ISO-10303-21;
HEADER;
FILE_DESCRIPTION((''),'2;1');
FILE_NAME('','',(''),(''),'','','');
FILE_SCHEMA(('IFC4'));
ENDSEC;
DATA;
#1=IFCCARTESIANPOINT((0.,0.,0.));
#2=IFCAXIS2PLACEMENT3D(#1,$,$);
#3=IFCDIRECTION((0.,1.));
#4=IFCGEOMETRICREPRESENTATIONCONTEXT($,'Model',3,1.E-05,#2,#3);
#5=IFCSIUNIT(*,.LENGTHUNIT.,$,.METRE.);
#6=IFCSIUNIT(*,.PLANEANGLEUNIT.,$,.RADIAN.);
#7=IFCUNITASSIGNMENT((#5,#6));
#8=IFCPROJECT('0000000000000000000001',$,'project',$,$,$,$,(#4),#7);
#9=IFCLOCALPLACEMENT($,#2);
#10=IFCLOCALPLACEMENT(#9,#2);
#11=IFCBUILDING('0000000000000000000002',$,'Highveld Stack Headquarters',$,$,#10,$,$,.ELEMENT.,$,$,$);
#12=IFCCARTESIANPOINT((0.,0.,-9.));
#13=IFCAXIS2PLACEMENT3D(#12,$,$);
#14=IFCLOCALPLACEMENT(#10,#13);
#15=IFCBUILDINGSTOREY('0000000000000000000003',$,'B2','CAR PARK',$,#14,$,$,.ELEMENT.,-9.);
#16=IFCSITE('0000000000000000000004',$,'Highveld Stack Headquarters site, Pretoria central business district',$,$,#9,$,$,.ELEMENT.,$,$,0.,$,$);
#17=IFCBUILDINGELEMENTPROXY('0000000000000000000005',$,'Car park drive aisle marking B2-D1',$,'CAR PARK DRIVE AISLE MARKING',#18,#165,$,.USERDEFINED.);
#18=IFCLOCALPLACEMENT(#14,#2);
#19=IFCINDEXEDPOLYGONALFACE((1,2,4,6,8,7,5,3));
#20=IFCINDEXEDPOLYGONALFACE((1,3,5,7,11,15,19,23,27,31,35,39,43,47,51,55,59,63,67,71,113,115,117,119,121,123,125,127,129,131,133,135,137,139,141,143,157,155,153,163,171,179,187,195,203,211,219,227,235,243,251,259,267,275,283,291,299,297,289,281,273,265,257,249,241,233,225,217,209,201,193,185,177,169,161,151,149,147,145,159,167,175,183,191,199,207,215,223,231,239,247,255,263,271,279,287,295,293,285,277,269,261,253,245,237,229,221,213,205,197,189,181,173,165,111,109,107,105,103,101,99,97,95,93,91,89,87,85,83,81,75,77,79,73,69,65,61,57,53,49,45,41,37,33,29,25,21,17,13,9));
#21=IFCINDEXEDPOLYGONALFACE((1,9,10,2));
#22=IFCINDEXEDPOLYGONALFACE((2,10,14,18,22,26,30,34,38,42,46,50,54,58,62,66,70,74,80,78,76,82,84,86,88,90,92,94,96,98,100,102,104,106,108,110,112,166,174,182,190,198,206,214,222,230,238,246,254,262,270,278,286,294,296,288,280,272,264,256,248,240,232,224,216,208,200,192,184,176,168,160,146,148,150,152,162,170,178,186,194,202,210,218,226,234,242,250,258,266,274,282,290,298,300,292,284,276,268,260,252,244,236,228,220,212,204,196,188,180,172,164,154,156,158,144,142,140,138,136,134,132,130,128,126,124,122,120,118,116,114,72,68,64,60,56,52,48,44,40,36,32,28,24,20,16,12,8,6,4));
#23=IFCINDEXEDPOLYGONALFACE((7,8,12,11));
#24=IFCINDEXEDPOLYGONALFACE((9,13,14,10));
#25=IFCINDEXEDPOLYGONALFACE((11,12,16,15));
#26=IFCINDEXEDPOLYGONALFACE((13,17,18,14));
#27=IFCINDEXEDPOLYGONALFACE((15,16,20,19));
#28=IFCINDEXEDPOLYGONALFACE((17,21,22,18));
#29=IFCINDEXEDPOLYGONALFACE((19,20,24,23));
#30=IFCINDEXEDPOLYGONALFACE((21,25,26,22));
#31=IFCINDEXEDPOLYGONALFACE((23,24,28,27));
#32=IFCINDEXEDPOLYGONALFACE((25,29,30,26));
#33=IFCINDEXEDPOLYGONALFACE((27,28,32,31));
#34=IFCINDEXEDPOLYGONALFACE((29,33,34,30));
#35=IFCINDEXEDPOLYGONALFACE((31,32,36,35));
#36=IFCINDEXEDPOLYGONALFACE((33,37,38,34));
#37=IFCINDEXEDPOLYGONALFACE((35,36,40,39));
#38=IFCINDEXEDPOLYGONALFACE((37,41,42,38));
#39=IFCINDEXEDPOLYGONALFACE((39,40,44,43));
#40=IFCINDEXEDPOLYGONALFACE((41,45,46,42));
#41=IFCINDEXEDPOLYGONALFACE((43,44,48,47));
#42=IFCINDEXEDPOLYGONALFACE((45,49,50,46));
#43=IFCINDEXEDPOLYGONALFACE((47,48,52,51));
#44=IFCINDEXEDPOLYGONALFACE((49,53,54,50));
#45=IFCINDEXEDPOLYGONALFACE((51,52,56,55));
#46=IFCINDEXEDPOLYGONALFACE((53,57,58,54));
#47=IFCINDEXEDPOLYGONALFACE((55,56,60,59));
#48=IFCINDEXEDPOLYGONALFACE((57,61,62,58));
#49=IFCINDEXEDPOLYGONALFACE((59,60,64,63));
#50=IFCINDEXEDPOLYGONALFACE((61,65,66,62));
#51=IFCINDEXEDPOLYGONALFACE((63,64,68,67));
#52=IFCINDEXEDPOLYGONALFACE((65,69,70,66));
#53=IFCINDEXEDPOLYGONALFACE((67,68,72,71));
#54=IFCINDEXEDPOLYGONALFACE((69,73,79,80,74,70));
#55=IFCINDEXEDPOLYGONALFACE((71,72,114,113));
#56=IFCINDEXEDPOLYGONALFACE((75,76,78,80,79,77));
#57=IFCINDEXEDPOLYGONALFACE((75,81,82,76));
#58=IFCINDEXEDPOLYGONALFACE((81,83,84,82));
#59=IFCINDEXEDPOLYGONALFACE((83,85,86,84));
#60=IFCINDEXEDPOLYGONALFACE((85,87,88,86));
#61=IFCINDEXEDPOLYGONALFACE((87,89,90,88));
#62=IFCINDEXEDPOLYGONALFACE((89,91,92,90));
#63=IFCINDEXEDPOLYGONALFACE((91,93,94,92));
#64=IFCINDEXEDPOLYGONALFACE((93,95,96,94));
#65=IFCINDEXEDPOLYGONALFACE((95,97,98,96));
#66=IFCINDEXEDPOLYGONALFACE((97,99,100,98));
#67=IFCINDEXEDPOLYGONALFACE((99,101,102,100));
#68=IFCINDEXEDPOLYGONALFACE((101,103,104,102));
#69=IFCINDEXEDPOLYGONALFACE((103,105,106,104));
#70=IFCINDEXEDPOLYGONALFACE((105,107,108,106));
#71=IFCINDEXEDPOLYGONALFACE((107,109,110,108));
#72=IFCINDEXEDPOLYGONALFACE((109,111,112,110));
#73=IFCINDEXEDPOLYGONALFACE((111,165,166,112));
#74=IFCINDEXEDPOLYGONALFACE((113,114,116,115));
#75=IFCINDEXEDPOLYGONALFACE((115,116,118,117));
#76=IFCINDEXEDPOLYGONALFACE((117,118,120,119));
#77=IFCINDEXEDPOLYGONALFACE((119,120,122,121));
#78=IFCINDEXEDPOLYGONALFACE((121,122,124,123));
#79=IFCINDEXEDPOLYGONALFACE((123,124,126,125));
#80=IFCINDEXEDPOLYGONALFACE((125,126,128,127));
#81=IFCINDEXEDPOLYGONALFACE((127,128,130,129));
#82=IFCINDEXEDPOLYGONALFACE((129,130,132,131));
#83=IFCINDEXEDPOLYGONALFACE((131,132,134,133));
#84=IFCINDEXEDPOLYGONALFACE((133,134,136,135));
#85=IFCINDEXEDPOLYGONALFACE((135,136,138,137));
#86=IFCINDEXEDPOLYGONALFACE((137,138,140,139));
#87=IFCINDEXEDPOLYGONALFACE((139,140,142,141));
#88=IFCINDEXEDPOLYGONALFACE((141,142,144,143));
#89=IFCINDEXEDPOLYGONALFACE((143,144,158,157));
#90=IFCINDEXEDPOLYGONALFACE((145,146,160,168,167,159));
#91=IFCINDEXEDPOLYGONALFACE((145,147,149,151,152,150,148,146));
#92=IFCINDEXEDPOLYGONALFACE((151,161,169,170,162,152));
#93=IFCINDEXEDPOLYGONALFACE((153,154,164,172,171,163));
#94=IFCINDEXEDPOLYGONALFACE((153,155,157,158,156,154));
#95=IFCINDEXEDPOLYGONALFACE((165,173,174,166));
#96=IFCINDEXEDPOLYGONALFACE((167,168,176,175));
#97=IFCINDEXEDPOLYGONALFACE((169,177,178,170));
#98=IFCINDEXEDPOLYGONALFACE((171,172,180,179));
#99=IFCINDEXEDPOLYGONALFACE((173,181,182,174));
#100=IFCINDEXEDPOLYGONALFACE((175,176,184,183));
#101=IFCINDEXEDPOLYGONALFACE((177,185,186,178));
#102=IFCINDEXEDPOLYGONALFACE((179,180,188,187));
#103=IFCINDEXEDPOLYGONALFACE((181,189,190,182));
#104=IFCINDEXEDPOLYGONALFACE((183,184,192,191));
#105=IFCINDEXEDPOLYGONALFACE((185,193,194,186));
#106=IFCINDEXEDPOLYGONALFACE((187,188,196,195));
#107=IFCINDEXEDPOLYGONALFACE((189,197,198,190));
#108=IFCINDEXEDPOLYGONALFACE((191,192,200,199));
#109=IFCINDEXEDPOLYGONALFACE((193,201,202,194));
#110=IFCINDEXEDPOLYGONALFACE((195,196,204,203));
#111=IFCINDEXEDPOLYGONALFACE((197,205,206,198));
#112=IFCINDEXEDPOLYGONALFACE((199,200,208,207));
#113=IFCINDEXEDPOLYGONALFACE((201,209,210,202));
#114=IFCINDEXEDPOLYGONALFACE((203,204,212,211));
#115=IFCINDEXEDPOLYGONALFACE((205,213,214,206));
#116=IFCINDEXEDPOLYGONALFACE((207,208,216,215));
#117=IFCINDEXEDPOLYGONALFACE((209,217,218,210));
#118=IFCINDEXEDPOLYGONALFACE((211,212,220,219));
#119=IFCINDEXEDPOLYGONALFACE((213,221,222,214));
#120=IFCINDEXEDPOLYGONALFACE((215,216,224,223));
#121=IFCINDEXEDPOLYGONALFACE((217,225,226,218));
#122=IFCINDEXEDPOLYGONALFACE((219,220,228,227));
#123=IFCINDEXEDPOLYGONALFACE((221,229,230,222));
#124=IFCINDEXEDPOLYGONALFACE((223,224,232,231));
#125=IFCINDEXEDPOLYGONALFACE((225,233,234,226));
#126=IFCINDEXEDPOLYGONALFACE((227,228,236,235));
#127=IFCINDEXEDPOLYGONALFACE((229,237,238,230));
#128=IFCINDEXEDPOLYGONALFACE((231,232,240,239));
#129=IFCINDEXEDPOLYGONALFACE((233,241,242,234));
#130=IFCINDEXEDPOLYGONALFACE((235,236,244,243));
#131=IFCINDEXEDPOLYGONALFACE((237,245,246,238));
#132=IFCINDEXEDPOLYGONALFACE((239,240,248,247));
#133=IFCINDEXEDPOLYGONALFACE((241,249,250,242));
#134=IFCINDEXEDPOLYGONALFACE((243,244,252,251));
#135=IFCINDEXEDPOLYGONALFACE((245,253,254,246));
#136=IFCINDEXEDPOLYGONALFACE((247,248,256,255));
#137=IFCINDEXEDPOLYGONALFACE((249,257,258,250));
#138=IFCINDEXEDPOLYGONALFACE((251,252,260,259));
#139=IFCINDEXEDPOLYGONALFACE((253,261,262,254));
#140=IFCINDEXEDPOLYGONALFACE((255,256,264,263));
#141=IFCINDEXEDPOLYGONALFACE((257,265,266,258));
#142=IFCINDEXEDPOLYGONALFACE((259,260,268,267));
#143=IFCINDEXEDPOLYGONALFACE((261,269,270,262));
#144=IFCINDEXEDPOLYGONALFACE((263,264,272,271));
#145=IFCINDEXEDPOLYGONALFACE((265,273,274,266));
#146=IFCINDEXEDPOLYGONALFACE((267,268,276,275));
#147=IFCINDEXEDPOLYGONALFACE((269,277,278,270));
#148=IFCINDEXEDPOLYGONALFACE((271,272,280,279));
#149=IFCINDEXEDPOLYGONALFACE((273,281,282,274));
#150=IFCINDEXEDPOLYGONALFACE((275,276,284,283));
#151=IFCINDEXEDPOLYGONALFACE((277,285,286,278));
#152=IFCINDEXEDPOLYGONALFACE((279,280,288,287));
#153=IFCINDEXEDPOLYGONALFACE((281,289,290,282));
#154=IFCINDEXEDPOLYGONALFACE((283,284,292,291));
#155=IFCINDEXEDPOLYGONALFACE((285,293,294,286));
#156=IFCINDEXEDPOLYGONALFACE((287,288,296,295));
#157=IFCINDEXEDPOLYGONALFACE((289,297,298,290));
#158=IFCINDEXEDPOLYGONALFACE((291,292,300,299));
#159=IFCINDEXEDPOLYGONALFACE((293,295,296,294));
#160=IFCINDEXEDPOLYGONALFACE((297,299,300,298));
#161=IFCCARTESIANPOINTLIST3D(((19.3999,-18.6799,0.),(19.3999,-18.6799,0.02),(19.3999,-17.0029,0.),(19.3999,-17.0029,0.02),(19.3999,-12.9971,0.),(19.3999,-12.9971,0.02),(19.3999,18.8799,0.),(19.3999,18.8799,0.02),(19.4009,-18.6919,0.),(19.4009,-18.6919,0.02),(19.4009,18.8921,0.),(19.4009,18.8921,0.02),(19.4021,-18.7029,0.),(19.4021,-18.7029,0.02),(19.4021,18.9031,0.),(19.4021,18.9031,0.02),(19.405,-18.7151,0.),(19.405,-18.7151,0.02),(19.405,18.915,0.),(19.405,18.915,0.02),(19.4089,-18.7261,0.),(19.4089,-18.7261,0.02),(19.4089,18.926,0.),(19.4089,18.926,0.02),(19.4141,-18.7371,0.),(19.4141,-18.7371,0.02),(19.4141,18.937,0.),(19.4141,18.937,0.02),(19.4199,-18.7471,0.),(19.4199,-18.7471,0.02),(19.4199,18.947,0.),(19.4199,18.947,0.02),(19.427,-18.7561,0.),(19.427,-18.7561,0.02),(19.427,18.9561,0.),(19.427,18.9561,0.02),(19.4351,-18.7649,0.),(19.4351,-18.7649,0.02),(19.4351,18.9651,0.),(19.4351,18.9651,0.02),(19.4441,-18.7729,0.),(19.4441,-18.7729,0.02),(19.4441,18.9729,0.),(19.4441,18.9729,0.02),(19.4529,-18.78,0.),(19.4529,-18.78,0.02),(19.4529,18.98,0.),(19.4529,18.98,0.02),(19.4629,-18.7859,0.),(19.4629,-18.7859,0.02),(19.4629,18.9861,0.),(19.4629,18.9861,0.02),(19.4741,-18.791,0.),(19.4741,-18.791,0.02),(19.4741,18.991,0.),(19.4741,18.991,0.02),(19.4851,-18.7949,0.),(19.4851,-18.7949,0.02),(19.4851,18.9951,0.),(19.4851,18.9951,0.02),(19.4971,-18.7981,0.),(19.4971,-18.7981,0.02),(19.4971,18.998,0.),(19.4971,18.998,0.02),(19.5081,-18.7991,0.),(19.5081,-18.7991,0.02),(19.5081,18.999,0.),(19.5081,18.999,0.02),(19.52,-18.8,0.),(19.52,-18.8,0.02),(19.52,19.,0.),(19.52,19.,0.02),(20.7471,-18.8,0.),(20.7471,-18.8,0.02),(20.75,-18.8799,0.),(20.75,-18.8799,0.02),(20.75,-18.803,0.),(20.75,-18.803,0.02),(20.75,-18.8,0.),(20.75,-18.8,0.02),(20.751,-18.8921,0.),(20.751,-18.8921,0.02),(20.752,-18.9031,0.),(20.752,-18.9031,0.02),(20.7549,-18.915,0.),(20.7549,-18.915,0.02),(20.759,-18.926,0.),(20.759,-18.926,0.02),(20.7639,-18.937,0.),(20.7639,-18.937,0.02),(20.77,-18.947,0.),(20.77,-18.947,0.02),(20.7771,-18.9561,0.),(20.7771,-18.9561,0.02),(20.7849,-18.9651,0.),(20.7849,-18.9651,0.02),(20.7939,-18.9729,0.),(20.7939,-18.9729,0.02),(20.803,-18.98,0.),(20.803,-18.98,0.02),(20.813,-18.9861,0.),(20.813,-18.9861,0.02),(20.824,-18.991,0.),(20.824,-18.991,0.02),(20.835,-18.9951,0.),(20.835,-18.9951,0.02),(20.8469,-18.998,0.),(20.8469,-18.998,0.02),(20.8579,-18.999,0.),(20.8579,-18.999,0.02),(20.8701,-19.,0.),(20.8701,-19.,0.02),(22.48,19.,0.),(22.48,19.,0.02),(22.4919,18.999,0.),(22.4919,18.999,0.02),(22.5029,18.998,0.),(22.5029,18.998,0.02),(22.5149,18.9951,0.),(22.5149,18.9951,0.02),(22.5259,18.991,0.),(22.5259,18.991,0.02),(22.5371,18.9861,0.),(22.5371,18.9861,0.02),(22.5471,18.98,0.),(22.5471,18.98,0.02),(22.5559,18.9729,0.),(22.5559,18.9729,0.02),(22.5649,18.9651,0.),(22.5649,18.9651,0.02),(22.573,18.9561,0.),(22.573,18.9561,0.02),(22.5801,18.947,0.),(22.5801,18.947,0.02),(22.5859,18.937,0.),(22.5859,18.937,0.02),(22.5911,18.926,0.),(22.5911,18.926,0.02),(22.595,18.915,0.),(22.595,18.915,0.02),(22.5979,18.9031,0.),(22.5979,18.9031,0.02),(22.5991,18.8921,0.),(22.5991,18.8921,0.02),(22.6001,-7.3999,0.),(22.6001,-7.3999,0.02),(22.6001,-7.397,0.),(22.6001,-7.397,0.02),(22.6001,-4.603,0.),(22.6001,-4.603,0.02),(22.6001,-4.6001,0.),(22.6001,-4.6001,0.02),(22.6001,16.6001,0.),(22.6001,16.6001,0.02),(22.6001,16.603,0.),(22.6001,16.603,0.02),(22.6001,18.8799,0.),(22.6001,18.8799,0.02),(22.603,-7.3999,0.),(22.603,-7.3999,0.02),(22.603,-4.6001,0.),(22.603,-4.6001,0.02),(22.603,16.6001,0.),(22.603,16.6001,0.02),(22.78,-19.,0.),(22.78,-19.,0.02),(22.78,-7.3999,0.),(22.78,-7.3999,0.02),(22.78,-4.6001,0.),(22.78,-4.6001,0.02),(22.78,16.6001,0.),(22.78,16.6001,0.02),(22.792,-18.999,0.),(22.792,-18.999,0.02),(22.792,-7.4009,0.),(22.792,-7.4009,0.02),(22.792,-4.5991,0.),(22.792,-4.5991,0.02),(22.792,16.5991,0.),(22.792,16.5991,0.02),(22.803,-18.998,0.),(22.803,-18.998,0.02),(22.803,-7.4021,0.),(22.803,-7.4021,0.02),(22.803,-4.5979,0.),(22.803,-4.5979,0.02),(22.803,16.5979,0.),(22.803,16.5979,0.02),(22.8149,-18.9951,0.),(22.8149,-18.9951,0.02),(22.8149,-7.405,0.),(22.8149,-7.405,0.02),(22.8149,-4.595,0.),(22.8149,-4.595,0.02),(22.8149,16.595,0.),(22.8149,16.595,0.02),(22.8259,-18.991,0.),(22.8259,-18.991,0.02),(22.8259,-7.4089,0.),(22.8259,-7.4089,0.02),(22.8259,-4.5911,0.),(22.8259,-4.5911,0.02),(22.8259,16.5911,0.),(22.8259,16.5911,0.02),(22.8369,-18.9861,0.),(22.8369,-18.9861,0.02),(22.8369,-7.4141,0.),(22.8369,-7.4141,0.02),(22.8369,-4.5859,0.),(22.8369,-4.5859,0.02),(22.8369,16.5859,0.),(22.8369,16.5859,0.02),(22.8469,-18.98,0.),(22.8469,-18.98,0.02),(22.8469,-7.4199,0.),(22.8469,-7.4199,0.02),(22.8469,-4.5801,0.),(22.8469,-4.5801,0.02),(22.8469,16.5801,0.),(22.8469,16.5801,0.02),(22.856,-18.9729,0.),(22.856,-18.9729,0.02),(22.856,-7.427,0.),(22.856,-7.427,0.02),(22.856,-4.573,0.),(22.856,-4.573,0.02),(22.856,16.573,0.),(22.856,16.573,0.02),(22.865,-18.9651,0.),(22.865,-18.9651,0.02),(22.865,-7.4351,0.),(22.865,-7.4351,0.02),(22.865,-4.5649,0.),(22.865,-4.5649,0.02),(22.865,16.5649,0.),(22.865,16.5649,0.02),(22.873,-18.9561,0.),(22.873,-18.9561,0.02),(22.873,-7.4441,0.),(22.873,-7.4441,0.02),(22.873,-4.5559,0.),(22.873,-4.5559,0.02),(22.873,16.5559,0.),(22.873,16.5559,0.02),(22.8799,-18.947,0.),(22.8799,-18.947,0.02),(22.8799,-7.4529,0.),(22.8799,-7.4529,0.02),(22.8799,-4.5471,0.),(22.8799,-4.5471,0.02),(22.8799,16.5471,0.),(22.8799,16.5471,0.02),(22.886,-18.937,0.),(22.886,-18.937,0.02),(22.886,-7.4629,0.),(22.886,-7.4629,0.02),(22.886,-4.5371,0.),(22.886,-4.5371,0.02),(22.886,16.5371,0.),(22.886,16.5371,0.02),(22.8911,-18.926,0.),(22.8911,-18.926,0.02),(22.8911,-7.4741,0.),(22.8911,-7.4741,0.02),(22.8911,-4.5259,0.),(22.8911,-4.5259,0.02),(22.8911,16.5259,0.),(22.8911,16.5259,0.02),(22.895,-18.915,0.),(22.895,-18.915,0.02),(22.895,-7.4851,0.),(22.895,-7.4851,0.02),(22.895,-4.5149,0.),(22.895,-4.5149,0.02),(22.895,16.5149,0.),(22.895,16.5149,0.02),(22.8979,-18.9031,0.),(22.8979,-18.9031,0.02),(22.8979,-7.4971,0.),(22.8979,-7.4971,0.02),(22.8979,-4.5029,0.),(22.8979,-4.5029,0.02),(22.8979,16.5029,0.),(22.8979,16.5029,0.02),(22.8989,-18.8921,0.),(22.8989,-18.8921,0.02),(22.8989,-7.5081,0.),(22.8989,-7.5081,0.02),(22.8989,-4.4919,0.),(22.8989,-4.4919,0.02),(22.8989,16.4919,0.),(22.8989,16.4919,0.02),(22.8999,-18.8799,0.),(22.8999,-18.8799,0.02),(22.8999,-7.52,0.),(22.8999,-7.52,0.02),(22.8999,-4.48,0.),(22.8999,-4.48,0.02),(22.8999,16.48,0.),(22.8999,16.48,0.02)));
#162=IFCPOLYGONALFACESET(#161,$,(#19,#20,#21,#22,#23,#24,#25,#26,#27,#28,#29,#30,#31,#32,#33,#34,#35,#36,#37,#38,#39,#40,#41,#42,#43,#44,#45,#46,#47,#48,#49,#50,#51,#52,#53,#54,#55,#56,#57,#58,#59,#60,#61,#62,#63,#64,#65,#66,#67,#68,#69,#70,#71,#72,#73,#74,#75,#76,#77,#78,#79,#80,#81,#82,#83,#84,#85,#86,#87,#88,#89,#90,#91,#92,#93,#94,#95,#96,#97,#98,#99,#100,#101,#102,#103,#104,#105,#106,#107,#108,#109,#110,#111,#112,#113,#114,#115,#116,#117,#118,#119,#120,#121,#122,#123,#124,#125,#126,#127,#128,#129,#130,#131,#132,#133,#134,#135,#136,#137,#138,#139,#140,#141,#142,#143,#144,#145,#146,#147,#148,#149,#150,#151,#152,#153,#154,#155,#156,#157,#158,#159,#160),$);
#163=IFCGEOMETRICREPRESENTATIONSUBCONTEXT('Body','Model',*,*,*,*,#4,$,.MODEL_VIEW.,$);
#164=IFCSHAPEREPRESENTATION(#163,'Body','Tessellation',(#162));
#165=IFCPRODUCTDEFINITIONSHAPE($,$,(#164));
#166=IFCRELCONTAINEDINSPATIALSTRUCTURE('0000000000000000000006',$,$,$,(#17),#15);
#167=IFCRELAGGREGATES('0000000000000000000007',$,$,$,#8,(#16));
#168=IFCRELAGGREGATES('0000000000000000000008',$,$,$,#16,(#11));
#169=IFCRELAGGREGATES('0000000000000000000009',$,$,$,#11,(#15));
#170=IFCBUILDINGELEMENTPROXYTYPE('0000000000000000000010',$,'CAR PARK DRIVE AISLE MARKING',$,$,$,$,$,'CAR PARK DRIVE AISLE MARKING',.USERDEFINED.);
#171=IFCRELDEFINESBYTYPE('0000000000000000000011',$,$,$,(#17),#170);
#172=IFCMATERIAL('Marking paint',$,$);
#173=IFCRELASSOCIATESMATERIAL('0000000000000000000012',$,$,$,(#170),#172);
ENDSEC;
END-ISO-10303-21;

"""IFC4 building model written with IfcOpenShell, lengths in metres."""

from ifc_helpers import new_model, si_unit, direction, frame, origin, place, context, subcontext, project, spatial, polyline, outline, extrude, material, type_object, element, save


model = new_model("IFC4")

# Units and contexts
model_context = context("Model", 3, precision=1e-05, world=origin(), true_north=direction((0.0, 1.0)))
body_context = subcontext(model_context, "Body", "Model", "MODEL_VIEW")
ifc_project = project(units=[si_unit("LENGTHUNIT", "METRE"), si_unit("PLANEANGLEUNIT", "RADIAN")], contexts=[model_context])

# Site, building, storey
site_placement = place(None, origin())
site = spatial("IfcSite", under=ifc_project, at=site_placement, Name="Highveld Stack Headquarters site, Pretoria central business district", CompositionType="ELEMENT", RefElevation=0.0)
building_placement = place(site_placement, origin())
building = spatial("IfcBuilding", under=site, at=building_placement, Name="Highveld Stack Headquarters", CompositionType="ELEMENT")
storey_placement = place(building_placement, frame((0.0, 0.0, -9.0)))
storey = spatial("IfcBuildingStorey", under=building, at=storey_placement, Name="B2", Description="CAR PARK", CompositionType="ELEMENT", Elevation=-9.0)

# Building element proxy
ifc_material_1 = material(Name="Marking paint")
building_element_proxy_type_1 = type_object("IfcBuildingElementProxyType", Name="CAR PARK DRIVE AISLE MARKING", ElementType="CAR PARK DRIVE AISLE MARKING", PredefinedType="USERDEFINED", material=ifc_material_1)
proxy_1_placement = place(storey_placement, origin())
element("IfcBuildingElementProxy", 1, at=proxy_1_placement, inside=storey, type_object=building_element_proxy_type_1, Name="Car park drive aisle marking B2-D1", ObjectType="CAR PARK DRIVE AISLE MARKING", PredefinedType="USERDEFINED", context=body_context, shape_type="SweptSolid", body=[
    extrude(outline(polyline([(19.3999, 18.8799), (19.4009, 18.8921), (19.4021, 18.9031), (19.405, 18.915), (19.4089, 18.926), (19.4141, 18.937), (19.4199, 18.947), (19.427, 18.9561), (19.4351, 18.9651), (19.4441, 18.9729), (19.4529, 18.98), (19.4629, 18.9861), (19.4741, 18.991), (19.4851, 18.9951), (19.4971, 18.998), (19.5081, 18.999), (19.52, 19.0), (22.48, 19.0), (22.4919, 18.999), (22.5029, 18.998), (22.5149, 18.9951), (22.5259, 18.991), (22.5371, 18.9861), (22.5471, 18.98), (22.5559, 18.9729), (22.5649, 18.9651), (22.573, 18.9561), (22.5801, 18.947), (22.5859, 18.937), (22.5911, 18.926), (22.595, 18.915), (22.5979, 18.9031), (22.5991, 18.8921), (22.6001, 18.8799), (22.6001, 16.603), (22.6001, 16.6001), (22.603, 16.6001), (22.78, 16.6001), (22.792, 16.5991), (22.803, 16.5979), (22.8149, 16.595), (22.8259, 16.5911), (22.8369, 16.5859), (22.8469, 16.5801), (22.856, 16.573), (22.865, 16.5649), (22.873, 16.5559), (22.8799, 16.5471), (22.886, 16.5371), (22.8911, 16.5259), (22.895, 16.5149), (22.8979, 16.5029), (22.8989, 16.4919), (22.8999, 16.48), (22.8999, -4.48), (22.8989, -4.4919), (22.8979, -4.5029), (22.895, -4.5149), (22.8911, -4.5259), (22.886, -4.5371), (22.8799, -4.5471), (22.873, -4.5559), (22.865, -4.5649), (22.856, -4.573), (22.8469, -4.5801), (22.8369, -4.5859), (22.8259, -4.5911), (22.8149, -4.595), (22.803, -4.5979), (22.792, -4.5991), (22.78, -4.6001), (22.603, -4.6001), (22.6001, -4.6001), (22.6001, -4.603), (22.6001, -7.397), (22.6001, -7.3999), (22.603, -7.3999), (22.78, -7.3999), (22.792, -7.4009), (22.803, -7.4021), (22.8149, -7.405), (22.8259, -7.4089), (22.8369, -7.4141), (22.8469, -7.4199), (22.856, -7.427), (22.865, -7.4351), (22.873, -7.4441), (22.8799, -7.4529), (22.886, -7.4629), (22.8911, -7.4741), (22.895, -7.4851), (22.8979, -7.4971), (22.8989, -7.5081), (22.8999, -7.52), (22.8999, -18.8799), (22.8989, -18.8921), (22.8979, -18.9031), (22.895, -18.915), (22.8911, -18.926), (22.886, -18.937), (22.8799, -18.947), (22.873, -18.9561), (22.865, -18.9651), (22.856, -18.9729), (22.8469, -18.98), (22.8369, -18.9861), (22.8259, -18.991), (22.8149, -18.9951), (22.803, -18.998), (22.792, -18.999), (22.78, -19.0), (20.8701, -19.0), (20.8579, -18.999), (20.8469, -18.998), (20.835, -18.9951), (20.824, -18.991), (20.813, -18.9861), (20.803, -18.98), (20.7939, -18.9729), (20.7849, -18.9651), (20.7771, -18.9561), (20.77, -18.947), (20.7639, -18.937), (20.759, -18.926), (20.7549, -18.915), (20.752, -18.9031), (20.751, -18.8921), (20.75, -18.8799), (20.75, -18.803), (20.75, -18.8), (20.7471, -18.8), (19.52, -18.8), (19.5081, -18.7991), (19.4971, -18.7981), (19.4851, -18.7949), (19.4741, -18.791), (19.4629, -18.7859), (19.4529, -18.78), (19.4441, -18.7729), (19.4351, -18.7649), (19.427, -18.7561), (19.4199, -18.7471), (19.4141, -18.7371), (19.4089, -18.7261), (19.405, -18.7151), (19.4021, -18.7029), (19.4009, -18.6919), (19.3999, -18.6799), (19.3999, -17.0029), (19.3999, -12.9971), (19.3999, 18.8799)])), origin(), (0.0, 0.0, 1.0), 0.02),
])

save(model, "model.ifc")
